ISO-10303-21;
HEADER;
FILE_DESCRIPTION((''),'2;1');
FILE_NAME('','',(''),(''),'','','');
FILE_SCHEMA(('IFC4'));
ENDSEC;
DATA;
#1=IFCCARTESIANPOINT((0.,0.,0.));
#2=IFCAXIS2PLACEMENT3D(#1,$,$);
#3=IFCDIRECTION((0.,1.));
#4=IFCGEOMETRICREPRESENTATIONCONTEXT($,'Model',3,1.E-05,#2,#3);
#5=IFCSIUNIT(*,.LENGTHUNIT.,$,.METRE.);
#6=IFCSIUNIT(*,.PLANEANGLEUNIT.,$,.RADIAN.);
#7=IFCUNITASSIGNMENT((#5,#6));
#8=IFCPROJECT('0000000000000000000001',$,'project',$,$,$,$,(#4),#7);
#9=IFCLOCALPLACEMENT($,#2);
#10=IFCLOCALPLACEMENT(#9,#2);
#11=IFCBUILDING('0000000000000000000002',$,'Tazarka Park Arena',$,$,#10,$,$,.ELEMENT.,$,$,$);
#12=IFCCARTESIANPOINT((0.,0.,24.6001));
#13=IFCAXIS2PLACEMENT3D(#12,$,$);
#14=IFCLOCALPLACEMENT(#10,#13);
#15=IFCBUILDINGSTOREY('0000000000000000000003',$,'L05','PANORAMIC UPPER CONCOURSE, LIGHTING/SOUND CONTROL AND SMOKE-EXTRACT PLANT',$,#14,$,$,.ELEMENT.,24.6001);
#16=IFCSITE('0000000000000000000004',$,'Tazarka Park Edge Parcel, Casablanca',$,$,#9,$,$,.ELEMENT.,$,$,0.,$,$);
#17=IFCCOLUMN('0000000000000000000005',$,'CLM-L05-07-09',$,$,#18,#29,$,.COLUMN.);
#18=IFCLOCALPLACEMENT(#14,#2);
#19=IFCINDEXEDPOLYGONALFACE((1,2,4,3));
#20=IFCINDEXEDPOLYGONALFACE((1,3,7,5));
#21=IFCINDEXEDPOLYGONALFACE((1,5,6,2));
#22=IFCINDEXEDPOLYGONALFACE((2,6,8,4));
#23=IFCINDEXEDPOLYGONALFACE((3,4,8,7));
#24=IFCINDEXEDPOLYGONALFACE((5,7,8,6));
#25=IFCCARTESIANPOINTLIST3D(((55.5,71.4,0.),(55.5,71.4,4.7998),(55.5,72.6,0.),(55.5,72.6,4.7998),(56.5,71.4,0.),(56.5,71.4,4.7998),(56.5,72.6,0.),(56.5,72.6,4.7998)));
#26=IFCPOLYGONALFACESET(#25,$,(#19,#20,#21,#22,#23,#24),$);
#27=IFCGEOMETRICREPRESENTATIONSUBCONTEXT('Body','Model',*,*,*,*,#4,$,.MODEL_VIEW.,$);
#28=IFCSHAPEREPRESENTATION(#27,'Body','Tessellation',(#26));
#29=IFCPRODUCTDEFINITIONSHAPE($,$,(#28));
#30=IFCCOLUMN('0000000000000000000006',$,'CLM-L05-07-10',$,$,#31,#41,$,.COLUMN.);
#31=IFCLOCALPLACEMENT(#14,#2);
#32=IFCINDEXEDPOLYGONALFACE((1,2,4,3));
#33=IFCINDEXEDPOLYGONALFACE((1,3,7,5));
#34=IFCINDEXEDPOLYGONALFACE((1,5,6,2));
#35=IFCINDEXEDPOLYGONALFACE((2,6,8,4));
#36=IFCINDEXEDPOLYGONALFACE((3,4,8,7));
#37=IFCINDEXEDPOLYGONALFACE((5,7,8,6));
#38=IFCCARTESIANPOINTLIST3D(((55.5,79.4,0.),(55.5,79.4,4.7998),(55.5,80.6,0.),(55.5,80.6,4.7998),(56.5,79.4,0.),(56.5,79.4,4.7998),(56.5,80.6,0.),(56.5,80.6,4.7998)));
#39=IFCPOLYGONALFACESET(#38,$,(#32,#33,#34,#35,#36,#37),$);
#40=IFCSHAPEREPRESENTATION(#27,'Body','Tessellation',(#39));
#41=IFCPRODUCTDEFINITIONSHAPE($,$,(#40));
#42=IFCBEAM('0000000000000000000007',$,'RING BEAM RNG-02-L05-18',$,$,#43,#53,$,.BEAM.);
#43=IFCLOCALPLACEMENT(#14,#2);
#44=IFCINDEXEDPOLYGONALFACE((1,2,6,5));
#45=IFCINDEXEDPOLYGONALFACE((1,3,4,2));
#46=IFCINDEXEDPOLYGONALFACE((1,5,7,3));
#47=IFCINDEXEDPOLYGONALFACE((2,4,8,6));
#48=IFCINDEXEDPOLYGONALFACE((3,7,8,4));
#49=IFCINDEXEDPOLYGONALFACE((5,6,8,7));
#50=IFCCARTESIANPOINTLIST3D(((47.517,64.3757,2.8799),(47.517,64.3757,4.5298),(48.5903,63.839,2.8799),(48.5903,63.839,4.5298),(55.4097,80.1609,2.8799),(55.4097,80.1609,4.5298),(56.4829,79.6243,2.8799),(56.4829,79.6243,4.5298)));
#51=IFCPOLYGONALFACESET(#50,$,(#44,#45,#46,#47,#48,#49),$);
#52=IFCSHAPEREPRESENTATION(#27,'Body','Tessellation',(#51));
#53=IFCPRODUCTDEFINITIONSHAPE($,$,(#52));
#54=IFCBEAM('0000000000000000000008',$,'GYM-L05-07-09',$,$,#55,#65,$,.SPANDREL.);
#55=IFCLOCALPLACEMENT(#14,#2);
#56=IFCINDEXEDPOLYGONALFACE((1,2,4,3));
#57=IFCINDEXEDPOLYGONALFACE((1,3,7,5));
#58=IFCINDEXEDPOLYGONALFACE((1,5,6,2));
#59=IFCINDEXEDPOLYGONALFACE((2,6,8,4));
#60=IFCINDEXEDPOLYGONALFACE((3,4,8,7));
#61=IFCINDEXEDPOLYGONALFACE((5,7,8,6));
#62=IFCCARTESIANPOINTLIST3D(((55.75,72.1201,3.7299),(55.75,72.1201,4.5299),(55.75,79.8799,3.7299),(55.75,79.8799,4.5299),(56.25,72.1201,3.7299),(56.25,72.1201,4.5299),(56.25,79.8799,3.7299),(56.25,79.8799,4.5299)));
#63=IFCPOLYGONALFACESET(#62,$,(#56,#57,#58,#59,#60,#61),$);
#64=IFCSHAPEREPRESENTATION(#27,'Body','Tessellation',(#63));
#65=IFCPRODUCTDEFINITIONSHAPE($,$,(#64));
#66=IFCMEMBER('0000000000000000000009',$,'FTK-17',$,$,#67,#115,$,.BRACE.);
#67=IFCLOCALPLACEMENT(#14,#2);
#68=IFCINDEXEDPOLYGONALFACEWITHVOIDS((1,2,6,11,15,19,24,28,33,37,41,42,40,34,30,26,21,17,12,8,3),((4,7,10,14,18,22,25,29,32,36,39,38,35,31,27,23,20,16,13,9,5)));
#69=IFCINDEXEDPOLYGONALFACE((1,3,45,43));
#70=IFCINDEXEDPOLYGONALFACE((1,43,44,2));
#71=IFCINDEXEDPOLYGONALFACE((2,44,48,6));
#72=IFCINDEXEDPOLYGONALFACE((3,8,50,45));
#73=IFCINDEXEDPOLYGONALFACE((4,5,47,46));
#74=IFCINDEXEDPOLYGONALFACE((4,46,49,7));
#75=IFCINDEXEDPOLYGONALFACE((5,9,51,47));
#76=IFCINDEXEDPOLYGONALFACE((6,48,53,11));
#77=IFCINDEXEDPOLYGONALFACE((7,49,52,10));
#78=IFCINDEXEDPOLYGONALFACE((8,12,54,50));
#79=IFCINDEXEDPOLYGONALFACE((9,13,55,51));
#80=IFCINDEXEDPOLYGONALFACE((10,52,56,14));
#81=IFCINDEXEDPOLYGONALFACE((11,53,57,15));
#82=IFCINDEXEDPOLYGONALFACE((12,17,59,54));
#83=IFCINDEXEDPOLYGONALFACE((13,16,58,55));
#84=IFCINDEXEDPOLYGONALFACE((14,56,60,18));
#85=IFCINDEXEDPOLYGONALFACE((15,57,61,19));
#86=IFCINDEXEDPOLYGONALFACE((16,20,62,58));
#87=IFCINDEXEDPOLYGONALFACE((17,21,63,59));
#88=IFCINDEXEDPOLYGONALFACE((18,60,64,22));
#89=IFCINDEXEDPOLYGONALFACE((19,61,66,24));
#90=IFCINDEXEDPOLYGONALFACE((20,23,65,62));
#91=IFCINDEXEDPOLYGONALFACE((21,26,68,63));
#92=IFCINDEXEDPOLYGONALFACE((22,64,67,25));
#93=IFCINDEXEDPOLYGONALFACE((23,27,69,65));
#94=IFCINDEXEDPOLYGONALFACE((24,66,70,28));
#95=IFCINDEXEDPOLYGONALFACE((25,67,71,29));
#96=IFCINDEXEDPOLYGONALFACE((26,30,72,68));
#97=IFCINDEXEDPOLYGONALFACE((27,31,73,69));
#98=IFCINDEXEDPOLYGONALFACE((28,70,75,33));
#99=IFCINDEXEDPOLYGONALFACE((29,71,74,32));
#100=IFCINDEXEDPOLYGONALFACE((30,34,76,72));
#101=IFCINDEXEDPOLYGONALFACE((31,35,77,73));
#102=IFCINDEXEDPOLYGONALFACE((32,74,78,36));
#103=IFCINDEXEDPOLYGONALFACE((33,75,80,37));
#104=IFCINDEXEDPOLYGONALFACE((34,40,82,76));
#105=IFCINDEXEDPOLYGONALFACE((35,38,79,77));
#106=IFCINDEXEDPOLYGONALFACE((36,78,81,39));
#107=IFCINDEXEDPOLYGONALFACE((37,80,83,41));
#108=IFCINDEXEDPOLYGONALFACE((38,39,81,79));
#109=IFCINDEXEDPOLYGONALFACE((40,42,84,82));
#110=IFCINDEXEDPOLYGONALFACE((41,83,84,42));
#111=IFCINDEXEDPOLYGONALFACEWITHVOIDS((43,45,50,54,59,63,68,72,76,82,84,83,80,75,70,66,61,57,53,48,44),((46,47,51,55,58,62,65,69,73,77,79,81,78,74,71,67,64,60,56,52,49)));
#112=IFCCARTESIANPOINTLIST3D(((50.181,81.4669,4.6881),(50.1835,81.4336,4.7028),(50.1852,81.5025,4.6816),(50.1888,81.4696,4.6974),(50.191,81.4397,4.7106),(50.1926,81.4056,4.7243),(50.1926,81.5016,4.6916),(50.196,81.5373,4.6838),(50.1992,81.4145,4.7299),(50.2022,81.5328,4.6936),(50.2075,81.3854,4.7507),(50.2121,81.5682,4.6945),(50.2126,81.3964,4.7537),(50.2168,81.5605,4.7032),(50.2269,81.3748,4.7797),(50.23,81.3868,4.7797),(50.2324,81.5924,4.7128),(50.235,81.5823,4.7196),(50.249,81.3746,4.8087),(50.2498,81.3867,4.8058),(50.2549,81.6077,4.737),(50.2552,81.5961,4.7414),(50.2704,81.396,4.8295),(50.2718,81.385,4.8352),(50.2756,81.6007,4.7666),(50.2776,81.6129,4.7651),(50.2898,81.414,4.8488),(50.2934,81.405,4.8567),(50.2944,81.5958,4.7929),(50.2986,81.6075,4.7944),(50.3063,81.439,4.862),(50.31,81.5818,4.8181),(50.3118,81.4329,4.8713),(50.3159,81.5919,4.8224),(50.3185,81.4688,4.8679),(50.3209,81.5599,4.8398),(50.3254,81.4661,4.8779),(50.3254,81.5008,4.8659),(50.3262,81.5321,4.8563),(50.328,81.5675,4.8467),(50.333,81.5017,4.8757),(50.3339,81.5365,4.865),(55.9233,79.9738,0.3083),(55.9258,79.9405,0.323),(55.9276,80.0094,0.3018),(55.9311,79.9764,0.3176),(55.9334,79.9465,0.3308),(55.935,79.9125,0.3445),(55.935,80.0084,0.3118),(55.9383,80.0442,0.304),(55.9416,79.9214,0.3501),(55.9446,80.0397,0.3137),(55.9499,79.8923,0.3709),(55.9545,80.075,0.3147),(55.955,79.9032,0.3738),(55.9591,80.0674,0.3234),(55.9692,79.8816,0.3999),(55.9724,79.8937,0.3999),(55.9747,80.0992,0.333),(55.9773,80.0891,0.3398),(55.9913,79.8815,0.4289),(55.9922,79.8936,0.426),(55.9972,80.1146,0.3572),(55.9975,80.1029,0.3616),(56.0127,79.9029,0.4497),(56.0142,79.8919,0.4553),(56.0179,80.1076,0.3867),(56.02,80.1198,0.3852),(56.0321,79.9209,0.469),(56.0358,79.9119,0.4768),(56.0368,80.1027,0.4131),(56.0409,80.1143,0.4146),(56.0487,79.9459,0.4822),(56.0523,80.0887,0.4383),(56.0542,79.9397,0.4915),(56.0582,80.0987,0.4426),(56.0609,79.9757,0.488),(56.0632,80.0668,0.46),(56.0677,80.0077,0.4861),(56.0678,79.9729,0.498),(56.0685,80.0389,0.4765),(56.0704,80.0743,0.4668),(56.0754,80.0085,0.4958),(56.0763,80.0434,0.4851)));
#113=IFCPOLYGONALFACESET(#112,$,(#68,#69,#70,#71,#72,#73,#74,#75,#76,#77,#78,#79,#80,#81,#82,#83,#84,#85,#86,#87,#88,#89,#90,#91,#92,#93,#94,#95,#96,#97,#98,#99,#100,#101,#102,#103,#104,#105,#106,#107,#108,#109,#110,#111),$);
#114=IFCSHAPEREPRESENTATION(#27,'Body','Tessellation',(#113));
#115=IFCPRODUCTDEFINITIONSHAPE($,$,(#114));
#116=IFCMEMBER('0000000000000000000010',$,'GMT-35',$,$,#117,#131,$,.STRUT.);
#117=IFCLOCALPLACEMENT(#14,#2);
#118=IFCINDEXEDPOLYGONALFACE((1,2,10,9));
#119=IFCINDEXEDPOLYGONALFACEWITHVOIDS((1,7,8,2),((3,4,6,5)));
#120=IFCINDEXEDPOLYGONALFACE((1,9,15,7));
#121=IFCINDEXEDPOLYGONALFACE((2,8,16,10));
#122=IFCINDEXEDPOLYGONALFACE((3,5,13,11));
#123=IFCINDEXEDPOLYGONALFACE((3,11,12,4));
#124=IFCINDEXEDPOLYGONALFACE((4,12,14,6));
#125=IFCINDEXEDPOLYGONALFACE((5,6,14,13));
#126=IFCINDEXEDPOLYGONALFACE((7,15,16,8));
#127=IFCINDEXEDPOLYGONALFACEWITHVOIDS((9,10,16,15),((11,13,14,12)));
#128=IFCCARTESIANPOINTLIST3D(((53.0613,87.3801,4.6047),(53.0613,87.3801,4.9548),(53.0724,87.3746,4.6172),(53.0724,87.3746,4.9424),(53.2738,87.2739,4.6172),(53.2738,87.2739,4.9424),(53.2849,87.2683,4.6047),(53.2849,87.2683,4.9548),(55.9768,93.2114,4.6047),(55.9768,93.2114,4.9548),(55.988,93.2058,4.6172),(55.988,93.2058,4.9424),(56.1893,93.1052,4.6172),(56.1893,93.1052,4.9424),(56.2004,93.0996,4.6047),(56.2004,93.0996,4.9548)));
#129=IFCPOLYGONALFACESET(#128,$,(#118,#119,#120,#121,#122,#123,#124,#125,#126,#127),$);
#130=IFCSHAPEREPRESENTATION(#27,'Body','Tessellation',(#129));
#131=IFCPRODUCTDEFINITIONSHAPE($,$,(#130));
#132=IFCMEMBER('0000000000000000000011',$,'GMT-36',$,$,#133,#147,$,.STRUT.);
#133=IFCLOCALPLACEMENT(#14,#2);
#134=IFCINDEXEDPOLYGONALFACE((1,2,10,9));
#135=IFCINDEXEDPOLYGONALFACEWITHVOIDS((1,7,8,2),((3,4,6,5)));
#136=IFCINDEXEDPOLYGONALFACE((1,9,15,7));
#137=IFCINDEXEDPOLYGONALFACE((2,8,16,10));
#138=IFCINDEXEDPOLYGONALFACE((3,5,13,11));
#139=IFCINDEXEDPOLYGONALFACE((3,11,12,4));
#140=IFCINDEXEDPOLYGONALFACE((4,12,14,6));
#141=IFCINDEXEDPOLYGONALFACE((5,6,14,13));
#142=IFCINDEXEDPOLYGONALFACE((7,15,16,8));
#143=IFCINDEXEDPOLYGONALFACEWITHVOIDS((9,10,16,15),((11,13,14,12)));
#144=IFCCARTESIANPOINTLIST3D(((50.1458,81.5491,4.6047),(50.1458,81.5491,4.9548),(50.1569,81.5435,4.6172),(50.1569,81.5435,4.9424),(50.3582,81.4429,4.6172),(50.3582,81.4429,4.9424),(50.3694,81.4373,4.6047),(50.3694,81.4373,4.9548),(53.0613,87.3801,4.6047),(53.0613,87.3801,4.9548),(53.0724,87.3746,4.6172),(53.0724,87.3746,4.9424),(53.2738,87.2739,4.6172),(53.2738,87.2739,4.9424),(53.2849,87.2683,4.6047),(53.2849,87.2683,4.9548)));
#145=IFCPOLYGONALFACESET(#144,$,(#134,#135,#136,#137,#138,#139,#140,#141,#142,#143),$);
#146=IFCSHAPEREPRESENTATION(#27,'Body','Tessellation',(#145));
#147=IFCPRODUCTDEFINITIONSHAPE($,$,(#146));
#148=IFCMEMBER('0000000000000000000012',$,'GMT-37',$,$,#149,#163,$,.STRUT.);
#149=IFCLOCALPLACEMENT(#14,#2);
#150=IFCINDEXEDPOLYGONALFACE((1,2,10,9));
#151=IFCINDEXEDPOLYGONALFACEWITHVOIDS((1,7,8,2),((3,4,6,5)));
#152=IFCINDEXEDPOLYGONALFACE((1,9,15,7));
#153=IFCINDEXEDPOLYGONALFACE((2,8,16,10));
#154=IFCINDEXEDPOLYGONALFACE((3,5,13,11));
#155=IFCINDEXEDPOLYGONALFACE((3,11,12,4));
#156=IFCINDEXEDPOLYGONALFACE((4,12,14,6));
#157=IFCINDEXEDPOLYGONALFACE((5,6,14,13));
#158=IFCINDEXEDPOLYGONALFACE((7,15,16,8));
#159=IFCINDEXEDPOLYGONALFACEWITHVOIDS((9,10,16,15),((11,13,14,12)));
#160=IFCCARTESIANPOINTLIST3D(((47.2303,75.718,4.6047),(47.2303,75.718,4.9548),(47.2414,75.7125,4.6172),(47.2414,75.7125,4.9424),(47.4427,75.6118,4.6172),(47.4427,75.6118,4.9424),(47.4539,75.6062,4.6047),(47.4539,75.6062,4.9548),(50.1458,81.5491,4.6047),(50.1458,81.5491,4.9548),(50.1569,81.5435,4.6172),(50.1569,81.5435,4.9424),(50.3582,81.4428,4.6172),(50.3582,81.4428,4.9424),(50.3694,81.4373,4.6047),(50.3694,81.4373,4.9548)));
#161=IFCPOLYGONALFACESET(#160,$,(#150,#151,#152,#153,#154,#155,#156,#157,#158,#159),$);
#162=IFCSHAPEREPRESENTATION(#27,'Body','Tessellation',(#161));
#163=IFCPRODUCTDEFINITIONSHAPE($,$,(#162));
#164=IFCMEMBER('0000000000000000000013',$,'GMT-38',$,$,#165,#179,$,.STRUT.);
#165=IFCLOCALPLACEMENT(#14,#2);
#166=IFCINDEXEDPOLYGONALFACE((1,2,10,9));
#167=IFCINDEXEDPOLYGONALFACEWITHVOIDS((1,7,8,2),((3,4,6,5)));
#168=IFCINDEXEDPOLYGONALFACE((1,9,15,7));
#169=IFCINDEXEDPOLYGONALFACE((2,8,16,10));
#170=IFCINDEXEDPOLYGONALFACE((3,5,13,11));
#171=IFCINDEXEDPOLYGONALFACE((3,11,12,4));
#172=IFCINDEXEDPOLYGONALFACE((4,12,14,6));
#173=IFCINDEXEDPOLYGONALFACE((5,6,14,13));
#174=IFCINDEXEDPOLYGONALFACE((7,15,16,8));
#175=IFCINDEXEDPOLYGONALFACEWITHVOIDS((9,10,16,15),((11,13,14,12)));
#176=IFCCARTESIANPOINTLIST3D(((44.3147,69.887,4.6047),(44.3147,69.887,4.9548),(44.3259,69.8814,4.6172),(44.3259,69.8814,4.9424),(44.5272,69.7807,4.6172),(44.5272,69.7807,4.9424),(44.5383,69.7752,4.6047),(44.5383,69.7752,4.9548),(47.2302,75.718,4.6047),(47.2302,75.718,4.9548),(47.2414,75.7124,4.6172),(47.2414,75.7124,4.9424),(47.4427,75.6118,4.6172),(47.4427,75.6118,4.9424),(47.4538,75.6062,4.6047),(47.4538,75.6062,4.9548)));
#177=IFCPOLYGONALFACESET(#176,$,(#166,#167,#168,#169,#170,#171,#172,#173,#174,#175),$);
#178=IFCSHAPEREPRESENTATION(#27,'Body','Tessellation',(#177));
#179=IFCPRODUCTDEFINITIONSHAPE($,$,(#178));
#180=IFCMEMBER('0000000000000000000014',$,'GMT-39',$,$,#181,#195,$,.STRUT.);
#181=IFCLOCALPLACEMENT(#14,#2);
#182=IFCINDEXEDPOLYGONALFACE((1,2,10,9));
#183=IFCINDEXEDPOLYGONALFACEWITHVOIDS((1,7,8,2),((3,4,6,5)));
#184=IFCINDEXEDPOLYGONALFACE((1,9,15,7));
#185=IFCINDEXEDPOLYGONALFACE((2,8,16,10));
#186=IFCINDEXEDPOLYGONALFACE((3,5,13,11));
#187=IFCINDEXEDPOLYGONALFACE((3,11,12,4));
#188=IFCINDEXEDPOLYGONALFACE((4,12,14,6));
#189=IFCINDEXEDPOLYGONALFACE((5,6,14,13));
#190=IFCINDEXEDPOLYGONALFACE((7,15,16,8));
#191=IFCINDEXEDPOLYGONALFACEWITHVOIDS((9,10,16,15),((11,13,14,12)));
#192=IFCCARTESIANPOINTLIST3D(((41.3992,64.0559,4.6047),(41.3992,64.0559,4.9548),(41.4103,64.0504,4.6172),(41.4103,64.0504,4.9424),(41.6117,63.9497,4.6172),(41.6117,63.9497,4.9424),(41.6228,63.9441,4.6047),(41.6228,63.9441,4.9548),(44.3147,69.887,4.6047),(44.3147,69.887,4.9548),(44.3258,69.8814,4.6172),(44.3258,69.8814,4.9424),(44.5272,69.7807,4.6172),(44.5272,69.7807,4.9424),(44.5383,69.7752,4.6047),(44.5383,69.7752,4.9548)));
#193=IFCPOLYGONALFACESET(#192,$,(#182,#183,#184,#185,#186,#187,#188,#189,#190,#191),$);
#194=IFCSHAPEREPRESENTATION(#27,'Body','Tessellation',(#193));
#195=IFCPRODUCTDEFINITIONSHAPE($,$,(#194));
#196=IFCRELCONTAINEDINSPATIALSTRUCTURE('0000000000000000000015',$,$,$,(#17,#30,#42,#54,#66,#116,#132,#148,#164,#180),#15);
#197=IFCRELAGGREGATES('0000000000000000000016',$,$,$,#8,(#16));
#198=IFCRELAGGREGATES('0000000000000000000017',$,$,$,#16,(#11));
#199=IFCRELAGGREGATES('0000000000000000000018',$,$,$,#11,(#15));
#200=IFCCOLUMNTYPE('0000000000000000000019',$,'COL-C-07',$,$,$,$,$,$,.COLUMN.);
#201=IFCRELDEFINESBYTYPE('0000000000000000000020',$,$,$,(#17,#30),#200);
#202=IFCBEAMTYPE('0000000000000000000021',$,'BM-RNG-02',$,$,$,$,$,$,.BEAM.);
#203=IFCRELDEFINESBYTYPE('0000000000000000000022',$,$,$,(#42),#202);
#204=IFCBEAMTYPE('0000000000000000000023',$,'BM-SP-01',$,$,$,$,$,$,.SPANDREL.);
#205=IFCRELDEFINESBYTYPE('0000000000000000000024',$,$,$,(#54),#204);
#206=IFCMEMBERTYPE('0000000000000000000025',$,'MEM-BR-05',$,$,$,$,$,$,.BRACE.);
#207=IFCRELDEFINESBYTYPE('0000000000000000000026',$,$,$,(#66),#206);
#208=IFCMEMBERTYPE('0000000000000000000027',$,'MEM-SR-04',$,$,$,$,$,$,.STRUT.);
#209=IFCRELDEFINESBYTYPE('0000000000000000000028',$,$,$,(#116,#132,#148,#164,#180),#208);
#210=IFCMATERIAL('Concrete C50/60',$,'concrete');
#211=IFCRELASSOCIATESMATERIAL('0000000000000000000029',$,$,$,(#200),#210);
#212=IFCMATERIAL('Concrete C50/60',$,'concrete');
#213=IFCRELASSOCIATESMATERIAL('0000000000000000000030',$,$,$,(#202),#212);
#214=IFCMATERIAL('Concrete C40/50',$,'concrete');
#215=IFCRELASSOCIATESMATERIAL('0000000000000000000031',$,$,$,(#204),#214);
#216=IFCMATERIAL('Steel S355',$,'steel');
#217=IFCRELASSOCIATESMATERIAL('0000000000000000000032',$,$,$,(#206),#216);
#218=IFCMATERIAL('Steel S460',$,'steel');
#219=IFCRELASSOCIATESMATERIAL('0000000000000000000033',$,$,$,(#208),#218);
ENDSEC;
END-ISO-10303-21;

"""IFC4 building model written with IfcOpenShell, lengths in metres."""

from ifc_helpers import new_model, si_unit, direction, frame, origin, origin_2d, place, context, subcontext, project, spatial, rectangle, hollow_rectangle, hollow_circle, extrude, material, material_profile, profile_set, type_object, element, save


model = new_model("IFC4")

# Units and contexts
model_context = context("Model", 3, precision=1e-05, world=origin(), true_north=direction((0.0, 1.0)))
body_context = subcontext(model_context, "Body", "Model", "MODEL_VIEW")
ifc_project = project(units=[si_unit("LENGTHUNIT", "METRE"), si_unit("PLANEANGLEUNIT", "RADIAN")], contexts=[model_context])

# Site, building, storey
site_placement = place(None, origin())
site = spatial("IfcSite", under=ifc_project, at=site_placement, Name="Tazarka Park Edge Parcel, Casablanca", CompositionType="ELEMENT", RefElevation=0.0)
building_placement = place(site_placement, origin())
building = spatial("IfcBuilding", under=site, at=building_placement, Name="Tazarka Park Arena", CompositionType="ELEMENT")
storey_placement = place(building_placement, frame((0.0, 0.0, 24.6001)))
storey = spatial("IfcBuildingStorey", under=building, at=storey_placement, Name="L05", Description="PANORAMIC UPPER CONCOURSE, LIGHTING/SOUND CONTROL AND SMOKE-EXTRACT PLANT", CompositionType="ELEMENT", Elevation=24.6001)

# Columns
ifc_material_1 = material(Name="Concrete C50/60", Category="concrete")
ifc_material_profile_1 = material_profile(ifc_material_1, rectangle(XDim=1.0, YDim=1.2, at=origin_2d()), Name="Concrete C50/60")
ifc_profile_set_1 = profile_set([ifc_material_profile_1], Name="Concrete C50/60")
column_type = type_object("IfcColumnType", Name="COL-C-07", PredefinedType="COLUMN", material=ifc_profile_set_1)
for number, where, z_axis, x_axis, name in (
    (1, (56.0, 72.0, 0.0), (0.0, 0.0, 1.0), (1.0, 0.0, 0.0), "CLM-L05-07-09"),
    (2, (56.0, 80.0, 0.0), (0.0, 0.0, 1.0), (1.0, 0.0, 0.0), "CLM-L05-07-10"),
):
    element("IfcColumn", number, at=place(storey_placement, frame(where, z_axis=z_axis, x_axis=x_axis)), inside=storey, type_object=column_type, Name=name, PredefinedType="COLUMN", context=body_context, shape_type="SweptSolid", body=[
        extrude(rectangle(XDim=1.0, YDim=1.2, at=origin_2d()), origin(), (0.0, 0.0, 1.0), 4.7998),
    ])

# Beams
ifc_material_2 = material(Name="Concrete C50/60", Category="concrete")
ifc_material_profile_2 = material_profile(ifc_material_2, rectangle(XDim=1.2, YDim=1.6499, at=origin_2d()), Name="Concrete C50/60")
ifc_profile_set_2 = profile_set([ifc_material_profile_2], Name="Concrete C50/60")
beam_type_1 = type_object("IfcBeamType", Name="BM-RNG-02", PredefinedType="BEAM", material=ifc_profile_set_2)
beam_1_placement = place(storey_placement, frame((55.9463, 79.8926, 3.7048), z_axis=(-0.447214, -0.894427, 0.0), x_axis=(0.894427, -0.447214, 0.0)))
element("IfcBeam", 3, at=beam_1_placement, inside=storey, type_object=beam_type_1, Name="RING BEAM RNG-02-L05-18", PredefinedType="BEAM", context=body_context, shape_type="SweptSolid", body=[
    extrude(rectangle(XDim=1.2, YDim=1.6499, at=origin_2d()), origin(), (0.0, 0.0, 1.0), 17.6484),
])
ifc_material_3 = material(Name="Concrete C40/50", Category="concrete")
ifc_material_profile_3 = material_profile(ifc_material_3, rectangle(XDim=0.5, YDim=0.8, at=origin_2d()), Name="Concrete C40/50")
ifc_profile_set_3 = profile_set([ifc_material_profile_3], Name="Concrete C40/50")
beam_type_2 = type_object("IfcBeamType", Name="BM-SP-01", PredefinedType="SPANDREL", material=ifc_profile_set_3)
beam_2_placement = place(storey_placement, frame((56.0, 72.1201, 4.1299), z_axis=(0.0, 1.0, 0.0), x_axis=(-1.0, 0.0, 0.0)))
element("IfcBeam", 4, at=beam_2_placement, inside=storey, type_object=beam_type_2, Name="GYM-L05-07-09", PredefinedType="SPANDREL", context=body_context, shape_type="SweptSolid", body=[
    extrude(rectangle(XDim=0.5, YDim=0.8, at=origin_2d()), origin(), (0.0, 0.0, 1.0), 7.7598),
])

# Members
ifc_material_4 = material(Name="Steel S355", Category="steel")
ifc_material_profile_4 = material_profile(ifc_material_4, hollow_circle(Radius=0.1223, WallThickness=0.0125, at=origin_2d()), Name="Steel S355")
ifc_profile_set_4 = profile_set([ifc_material_profile_4], Name="Steel S355")
member_type_1 = type_object("IfcMemberType", Name="MEM-BR-05", PredefinedType="BRACE", material=ifc_profile_set_4)
member_1_placement = place(storey_placement, frame((56.0, 80.0, 0.3999), z_axis=(-0.77865, 0.202467, 0.593894), x_axis=(-0.251655, -0.967817, 0.0)))
element("IfcMember", 5, at=member_1_placement, inside=storey, type_object=member_type_1, Name="FTK-17", PredefinedType="BRACE", context=body_context, shape_type="SweptSolid", body=[
    extrude(hollow_circle(Radius=0.1223, WallThickness=0.0125, at=origin_2d()), origin(), (0.0, 0.0, 1.0), 7.3748),
])
ifc_material_5 = material(Name="Steel S460", Category="steel")
ifc_material_profile_5 = material_profile(ifc_material_5, hollow_rectangle(XDim=0.25, YDim=0.3501, WallThickness=0.0125, at=origin_2d()), Name="Steel S460")
ifc_profile_set_5 = profile_set([ifc_material_profile_5], Name="Steel S460")
member_type_2 = type_object("IfcMemberType", Name="MEM-SR-04", PredefinedType="STRUT", material=ifc_profile_set_5)
member_2_placement = place(storey_placement, frame((56.0886, 93.1555, 4.7798), z_axis=(-0.447199, -0.894435, 0.0), x_axis=(0.894435, -0.447199, 0.0)))
element("IfcMember", 6, at=member_2_placement, inside=storey, type_object=member_type_2, Name="GMT-35", PredefinedType="STRUT", context=body_context, shape_type="SweptSolid", body=[
    extrude(hollow_rectangle(XDim=0.25, YDim=0.3501, WallThickness=0.0125, at=origin_2d()), origin(), (0.0, 0.0, 1.0), 6.5195),
])
for number, where, z_axis, x_axis, name in (
    (7, (53.1731, 87.3242, 4.7798), (-0.447214, -0.894427, 0.0), (0.894427, -0.447214, 0.0), "GMT-36"),
    (8, (50.2576, 81.4932, 4.7798), (-0.447214, -0.894427, 0.0), (0.894427, -0.447214, 0.0), "GMT-37"),
    (9, (47.342, 75.6621, 4.7798), (-0.447214, -0.894427, 0.0), (0.894427, -0.447214, 0.0), "GMT-38"),
    (10, (44.4265, 69.8311, 4.7798), (-0.447214, -0.894427, 0.0), (0.894427, -0.447214, 0.0), "GMT-39"),
):
    element("IfcMember", number, at=place(storey_placement, frame(where, z_axis=z_axis, x_axis=x_axis)), inside=storey, type_object=member_type_2, Name=name, PredefinedType="STRUT", context=body_context, shape_type="SweptSolid", body=[
        extrude(hollow_rectangle(XDim=0.25, YDim=0.3501, WallThickness=0.0125, at=origin_2d()), origin(), (0.0, 0.0, 1.0), 6.5193),
    ])

save(model, "model.ifc")
